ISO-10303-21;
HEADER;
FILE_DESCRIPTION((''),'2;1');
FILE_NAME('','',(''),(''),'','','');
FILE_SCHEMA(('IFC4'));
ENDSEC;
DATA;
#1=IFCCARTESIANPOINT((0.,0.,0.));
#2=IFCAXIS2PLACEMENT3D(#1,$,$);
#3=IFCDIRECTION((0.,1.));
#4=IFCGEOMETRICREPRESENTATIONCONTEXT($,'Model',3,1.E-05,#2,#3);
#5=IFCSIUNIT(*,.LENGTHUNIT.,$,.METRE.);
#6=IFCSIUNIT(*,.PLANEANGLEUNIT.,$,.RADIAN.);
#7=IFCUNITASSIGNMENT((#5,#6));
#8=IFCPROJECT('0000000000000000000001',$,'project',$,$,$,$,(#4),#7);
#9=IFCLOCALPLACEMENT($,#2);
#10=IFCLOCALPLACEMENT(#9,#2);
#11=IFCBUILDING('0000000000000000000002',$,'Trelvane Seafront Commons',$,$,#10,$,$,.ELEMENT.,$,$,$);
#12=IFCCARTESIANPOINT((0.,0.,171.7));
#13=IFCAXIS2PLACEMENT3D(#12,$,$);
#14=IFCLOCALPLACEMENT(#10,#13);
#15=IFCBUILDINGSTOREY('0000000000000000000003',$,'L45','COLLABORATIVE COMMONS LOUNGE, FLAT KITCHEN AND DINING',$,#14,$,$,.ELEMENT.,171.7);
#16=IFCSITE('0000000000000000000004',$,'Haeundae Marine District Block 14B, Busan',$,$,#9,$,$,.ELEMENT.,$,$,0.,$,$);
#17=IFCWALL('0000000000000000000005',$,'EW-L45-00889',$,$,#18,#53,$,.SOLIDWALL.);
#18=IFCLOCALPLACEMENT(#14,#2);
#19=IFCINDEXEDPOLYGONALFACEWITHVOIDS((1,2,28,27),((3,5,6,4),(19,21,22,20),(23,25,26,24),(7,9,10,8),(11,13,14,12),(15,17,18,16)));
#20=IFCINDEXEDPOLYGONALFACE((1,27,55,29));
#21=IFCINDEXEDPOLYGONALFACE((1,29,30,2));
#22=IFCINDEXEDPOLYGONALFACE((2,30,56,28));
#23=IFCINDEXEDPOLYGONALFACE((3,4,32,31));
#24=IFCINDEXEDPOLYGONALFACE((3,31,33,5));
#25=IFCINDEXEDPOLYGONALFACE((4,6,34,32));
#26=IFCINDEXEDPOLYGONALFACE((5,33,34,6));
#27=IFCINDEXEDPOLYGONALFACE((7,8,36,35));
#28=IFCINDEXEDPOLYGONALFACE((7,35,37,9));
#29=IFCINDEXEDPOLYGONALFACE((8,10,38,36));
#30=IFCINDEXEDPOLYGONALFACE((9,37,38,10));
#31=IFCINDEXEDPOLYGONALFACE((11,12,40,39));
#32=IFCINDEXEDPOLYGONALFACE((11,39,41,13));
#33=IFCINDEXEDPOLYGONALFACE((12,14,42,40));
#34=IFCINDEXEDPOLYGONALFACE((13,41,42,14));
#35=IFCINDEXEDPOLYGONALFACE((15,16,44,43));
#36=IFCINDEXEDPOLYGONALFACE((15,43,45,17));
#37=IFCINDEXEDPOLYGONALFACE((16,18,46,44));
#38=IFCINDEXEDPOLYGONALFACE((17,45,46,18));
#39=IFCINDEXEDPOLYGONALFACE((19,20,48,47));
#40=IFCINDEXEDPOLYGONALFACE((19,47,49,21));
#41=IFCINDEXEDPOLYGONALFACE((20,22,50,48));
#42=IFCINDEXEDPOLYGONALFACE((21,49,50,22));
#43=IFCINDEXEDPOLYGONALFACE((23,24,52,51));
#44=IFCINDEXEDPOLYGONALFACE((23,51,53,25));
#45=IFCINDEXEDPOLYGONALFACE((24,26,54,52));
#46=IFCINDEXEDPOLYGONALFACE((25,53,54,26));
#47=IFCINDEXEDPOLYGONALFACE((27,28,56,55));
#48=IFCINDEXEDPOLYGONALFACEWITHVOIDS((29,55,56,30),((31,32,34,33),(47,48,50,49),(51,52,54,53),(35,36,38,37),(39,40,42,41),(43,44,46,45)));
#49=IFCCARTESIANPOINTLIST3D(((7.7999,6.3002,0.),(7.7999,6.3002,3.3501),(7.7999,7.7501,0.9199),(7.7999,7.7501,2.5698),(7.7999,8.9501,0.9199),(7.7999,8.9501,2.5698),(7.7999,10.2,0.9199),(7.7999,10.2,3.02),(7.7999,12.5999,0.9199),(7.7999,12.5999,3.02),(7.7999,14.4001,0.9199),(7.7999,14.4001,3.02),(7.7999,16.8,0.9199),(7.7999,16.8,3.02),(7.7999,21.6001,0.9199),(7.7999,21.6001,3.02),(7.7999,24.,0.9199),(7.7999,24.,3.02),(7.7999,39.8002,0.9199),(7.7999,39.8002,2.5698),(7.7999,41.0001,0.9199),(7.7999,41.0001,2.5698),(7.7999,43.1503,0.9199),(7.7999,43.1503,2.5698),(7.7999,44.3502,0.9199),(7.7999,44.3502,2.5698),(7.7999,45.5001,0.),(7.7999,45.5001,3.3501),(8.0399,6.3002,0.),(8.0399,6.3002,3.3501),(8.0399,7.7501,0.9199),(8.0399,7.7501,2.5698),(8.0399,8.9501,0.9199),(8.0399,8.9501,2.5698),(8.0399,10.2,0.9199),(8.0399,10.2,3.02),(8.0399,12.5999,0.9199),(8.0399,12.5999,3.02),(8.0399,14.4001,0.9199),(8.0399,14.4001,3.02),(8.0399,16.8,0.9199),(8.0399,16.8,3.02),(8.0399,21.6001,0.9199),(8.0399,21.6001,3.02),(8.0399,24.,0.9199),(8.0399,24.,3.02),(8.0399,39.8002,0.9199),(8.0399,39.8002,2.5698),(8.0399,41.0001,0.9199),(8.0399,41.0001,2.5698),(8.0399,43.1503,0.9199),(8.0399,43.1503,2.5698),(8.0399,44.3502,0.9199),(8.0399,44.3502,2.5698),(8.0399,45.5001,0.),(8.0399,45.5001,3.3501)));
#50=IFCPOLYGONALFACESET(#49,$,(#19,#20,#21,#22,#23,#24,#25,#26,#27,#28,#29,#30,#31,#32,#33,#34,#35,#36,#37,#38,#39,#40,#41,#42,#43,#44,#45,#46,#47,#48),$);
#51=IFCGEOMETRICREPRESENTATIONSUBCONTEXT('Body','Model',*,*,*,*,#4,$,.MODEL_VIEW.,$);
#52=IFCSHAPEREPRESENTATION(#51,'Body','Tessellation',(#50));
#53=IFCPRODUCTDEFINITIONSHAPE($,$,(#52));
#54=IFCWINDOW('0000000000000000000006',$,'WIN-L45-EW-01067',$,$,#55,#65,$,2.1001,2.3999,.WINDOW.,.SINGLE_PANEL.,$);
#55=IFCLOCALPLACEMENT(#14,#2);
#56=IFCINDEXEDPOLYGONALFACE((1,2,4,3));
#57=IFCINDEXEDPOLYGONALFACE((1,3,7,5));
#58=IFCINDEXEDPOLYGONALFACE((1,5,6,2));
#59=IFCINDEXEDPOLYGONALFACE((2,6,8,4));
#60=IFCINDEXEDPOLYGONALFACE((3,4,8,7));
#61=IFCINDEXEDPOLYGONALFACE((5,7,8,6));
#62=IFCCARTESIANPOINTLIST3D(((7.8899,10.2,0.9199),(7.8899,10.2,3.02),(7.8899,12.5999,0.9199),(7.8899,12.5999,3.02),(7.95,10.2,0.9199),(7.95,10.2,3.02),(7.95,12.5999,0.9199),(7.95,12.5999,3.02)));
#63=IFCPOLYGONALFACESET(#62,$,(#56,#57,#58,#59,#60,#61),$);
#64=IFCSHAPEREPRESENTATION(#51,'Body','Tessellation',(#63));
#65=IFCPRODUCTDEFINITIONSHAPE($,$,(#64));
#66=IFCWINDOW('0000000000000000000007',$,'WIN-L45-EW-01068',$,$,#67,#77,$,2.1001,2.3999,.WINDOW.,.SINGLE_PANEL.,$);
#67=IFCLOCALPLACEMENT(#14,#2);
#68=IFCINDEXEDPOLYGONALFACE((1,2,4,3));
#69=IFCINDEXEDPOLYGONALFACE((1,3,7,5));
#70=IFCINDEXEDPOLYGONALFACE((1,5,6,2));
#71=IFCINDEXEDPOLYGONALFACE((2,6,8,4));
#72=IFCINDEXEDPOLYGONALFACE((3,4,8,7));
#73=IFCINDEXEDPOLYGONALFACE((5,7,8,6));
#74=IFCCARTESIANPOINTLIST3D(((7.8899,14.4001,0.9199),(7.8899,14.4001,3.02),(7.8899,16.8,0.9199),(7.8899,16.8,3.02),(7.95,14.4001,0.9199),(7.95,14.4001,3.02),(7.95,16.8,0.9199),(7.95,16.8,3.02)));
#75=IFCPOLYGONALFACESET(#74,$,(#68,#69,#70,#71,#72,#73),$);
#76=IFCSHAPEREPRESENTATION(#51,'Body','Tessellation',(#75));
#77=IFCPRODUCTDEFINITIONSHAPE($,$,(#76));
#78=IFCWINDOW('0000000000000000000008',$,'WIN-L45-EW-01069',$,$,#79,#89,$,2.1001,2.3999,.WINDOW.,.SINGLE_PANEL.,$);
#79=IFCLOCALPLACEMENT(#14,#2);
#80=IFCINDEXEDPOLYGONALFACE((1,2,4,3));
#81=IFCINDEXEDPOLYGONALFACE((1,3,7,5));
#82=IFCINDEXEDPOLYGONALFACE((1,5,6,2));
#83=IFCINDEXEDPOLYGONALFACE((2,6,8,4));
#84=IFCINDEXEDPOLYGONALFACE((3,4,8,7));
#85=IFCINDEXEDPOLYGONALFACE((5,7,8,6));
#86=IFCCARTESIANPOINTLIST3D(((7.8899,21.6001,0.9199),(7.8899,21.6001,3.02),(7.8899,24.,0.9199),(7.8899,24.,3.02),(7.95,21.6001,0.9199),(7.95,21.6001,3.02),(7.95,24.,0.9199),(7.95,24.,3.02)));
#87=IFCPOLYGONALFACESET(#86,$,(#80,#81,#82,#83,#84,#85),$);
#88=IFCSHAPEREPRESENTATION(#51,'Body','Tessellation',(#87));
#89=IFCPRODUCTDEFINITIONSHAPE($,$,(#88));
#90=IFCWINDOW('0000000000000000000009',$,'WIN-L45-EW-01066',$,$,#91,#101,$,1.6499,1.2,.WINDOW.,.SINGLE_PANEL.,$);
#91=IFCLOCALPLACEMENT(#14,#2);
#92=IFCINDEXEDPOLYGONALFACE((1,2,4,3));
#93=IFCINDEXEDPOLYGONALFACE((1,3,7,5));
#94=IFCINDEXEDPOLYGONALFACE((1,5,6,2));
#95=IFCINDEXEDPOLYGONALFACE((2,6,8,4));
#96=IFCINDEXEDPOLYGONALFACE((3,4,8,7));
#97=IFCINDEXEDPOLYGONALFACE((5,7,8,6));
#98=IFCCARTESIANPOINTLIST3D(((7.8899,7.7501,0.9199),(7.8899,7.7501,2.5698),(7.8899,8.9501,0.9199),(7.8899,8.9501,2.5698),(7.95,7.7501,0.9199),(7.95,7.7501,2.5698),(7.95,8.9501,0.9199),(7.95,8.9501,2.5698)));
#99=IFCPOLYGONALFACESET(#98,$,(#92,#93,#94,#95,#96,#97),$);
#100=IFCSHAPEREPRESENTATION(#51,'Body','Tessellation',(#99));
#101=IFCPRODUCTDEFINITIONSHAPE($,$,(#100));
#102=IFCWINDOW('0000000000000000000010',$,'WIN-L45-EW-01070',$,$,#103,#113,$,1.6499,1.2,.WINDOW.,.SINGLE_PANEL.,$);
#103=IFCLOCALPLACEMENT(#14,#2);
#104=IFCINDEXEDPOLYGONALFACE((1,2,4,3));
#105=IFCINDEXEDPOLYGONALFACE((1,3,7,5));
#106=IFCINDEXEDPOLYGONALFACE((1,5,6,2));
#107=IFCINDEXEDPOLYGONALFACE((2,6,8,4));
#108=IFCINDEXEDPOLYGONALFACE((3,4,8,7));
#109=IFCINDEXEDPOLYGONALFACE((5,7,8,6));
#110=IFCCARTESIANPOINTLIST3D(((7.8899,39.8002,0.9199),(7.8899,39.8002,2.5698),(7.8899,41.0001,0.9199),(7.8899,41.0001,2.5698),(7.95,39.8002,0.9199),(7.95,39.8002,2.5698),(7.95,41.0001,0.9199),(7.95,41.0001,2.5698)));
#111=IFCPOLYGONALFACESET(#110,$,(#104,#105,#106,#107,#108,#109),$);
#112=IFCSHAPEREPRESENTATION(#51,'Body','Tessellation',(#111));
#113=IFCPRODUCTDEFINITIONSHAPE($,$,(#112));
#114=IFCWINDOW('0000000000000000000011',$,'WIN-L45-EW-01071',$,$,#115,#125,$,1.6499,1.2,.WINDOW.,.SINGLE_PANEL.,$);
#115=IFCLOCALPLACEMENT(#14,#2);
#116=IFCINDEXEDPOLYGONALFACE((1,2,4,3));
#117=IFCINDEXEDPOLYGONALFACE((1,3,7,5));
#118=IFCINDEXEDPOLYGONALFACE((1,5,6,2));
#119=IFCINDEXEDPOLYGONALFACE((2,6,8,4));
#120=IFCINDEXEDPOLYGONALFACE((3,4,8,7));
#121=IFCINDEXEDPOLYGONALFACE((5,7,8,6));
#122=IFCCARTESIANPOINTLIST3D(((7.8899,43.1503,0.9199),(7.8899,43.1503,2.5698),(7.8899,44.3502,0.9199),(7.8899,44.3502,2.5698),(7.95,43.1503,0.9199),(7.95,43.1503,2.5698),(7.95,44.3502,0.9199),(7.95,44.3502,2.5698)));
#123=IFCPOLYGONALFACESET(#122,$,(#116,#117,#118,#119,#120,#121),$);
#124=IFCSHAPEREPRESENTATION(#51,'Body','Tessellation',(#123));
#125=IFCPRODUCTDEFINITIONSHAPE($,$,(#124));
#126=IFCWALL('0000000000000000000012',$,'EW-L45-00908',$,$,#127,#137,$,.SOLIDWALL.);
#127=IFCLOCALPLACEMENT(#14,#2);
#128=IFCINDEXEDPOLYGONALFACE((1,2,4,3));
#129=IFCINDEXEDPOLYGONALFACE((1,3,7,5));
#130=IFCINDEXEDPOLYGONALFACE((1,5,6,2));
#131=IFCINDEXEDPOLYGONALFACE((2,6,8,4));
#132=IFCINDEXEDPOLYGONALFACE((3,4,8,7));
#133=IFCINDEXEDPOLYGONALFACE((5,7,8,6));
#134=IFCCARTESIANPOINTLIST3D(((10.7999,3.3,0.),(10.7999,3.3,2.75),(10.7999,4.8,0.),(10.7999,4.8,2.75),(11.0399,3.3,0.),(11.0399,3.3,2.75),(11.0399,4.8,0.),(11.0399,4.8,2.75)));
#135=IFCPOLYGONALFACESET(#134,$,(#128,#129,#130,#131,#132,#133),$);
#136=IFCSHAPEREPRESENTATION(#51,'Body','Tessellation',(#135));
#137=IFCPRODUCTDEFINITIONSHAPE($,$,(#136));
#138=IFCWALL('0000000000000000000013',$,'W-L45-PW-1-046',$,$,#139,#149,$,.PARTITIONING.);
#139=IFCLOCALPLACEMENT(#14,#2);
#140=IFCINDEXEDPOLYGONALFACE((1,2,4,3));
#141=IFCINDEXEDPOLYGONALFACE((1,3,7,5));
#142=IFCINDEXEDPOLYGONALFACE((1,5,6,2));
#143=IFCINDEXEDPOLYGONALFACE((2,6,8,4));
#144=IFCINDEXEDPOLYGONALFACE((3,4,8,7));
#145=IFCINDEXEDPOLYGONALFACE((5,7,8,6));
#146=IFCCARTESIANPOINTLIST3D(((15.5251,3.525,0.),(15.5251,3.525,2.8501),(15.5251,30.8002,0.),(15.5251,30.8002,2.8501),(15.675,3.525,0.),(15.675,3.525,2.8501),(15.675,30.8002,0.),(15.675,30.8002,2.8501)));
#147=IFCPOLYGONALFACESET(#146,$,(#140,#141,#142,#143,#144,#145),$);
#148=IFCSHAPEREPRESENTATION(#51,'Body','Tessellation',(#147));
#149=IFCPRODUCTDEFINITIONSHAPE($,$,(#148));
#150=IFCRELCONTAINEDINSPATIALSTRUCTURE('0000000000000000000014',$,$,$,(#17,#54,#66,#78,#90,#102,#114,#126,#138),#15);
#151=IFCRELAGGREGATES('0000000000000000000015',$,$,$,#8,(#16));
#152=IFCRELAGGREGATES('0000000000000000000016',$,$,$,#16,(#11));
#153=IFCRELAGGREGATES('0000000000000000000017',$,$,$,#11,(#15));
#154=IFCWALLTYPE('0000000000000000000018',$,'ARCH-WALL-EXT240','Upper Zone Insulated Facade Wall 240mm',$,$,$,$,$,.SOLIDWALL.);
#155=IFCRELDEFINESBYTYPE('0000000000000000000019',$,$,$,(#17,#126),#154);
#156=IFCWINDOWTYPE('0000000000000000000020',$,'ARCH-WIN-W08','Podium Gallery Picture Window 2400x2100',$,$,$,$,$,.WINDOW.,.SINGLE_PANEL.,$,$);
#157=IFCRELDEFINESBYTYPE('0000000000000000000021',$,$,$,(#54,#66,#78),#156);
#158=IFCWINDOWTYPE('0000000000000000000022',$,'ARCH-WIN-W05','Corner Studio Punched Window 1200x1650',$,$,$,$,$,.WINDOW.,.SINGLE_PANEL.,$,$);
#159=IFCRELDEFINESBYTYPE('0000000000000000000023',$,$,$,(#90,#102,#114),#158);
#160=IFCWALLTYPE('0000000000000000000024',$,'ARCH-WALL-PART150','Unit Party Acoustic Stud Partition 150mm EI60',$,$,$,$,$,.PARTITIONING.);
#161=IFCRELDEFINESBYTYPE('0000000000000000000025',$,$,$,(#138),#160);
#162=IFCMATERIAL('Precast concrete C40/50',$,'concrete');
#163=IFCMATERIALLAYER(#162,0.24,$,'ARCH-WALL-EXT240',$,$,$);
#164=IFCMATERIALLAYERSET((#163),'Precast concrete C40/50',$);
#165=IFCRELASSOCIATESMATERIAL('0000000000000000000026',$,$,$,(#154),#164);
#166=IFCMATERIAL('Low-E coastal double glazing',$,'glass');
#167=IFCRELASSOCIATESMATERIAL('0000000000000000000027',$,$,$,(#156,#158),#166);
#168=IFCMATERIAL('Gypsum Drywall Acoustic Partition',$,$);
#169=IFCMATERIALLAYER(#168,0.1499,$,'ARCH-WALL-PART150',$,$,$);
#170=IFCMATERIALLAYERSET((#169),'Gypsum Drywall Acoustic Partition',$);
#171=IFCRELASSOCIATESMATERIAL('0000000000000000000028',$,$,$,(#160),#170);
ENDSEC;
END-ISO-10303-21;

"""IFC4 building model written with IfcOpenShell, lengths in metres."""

from ifc_helpers import new_model, si_unit, direction, frame, frame_2d, origin, place, context, subcontext, project, spatial, rectangle, extrude, source, transform, mapped, material, layer, layer_set, type_object, element, fill, save


model = new_model("IFC4")

# Units and contexts
model_context = context("Model", 3, precision=1e-05, world=origin(), true_north=direction((0.0, 1.0)))
body_context = subcontext(model_context, "Body", "Model", "MODEL_VIEW")
ifc_project = project(units=[si_unit("LENGTHUNIT", "METRE"), si_unit("PLANEANGLEUNIT", "RADIAN")], contexts=[model_context])

# Site, building, storey
site_placement = place(None, origin())
site = spatial("IfcSite", under=ifc_project, at=site_placement, Name="Haeundae Marine District Block 14B, Busan", CompositionType="ELEMENT", RefElevation=0.0)
building_placement = place(site_placement, origin())
building = spatial("IfcBuilding", under=site, at=building_placement, Name="Trelvane Seafront Commons", CompositionType="ELEMENT")
storey_placement = place(building_placement, frame((0.0, 0.0, 171.7)))
storey = spatial("IfcBuildingStorey", under=building, at=storey_placement, Name="L45", Description="COLLABORATIVE COMMONS LOUNGE, FLAT KITCHEN AND DINING", CompositionType="ELEMENT", Elevation=171.7)

# Shared definitions
ifc_material_1 = material(Name="Precast concrete C40/50", Category="concrete")
ifc_layer_1 = layer(ifc_material_1, 0.24, Name="ARCH-WALL-EXT240")
ifc_layer_set_1 = layer_set([ifc_layer_1], Name="Precast concrete C40/50")
wall_type_1 = type_object("IfcWallType", Name="ARCH-WALL-EXT240", Description="Upper Zone Insulated Facade Wall 240mm", PredefinedType="SOLIDWALL", material=ifc_layer_set_1)

# Wall, openings, windows
wall_1_placement = place(storey_placement, frame((7.9199, 6.3, 0.0), z_axis=(0.0, 0.0, 1.0), x_axis=(0.0, 1.0, 0.0)))
wall_1 = element("IfcWall", 1, at=wall_1_placement, inside=storey, type_object=wall_type_1, Name="EW-L45-00889", PredefinedType="SOLIDWALL", context=body_context, shape_type="SweptSolid", body=[
    extrude(rectangle(XDim=39.2, YDim=0.24, at=frame_2d((19.6001, 0.0))), origin(), (0.0, 0.0, 1.0), 3.3501),
])
opening_1_placement = place(wall_1_placement, frame((1.45, 0.0, 0.9199)))
opening_1 = element("IfcOpeningElement", 2, at=opening_1_placement, cuts=wall_1, PredefinedType="OPENING", context=body_context, shape_type="SweptSolid", body=[
    extrude(rectangle(XDim=1.2, YDim=1.6499, at=frame_2d((0.6001, 0.825))), frame((0.0, 0.1299, 0.0), z_axis=(0.0, -1.0, 0.0), x_axis=(1.0, 0.0, 0.0)), (0.0, 0.0, 1.0), 0.26),
])
opening_2_placement = place(wall_1_placement, frame((3.8999, 0.0, 0.9199)))
opening_2 = element("IfcOpeningElement", 3, at=opening_2_placement, cuts=wall_1, PredefinedType="OPENING", context=body_context, shape_type="SweptSolid", body=[
    extrude(rectangle(XDim=2.3999, YDim=2.1001, at=frame_2d((1.2, 1.05))), frame((0.0, 0.1299, 0.0), z_axis=(0.0, -1.0, 0.0), x_axis=(1.0, 0.0, 0.0)), (0.0, 0.0, 1.0), 0.26),
])
opening_3_placement = place(wall_1_placement, frame((8.1001, 0.0, 0.9199)))
opening_3 = element("IfcOpeningElement", 4, at=opening_3_placement, cuts=wall_1, PredefinedType="OPENING", context=body_context, shape_type="SweptSolid", body=[
    extrude(rectangle(XDim=2.3999, YDim=2.1001, at=frame_2d((1.2, 1.05))), frame((0.0, 0.1299, 0.0), z_axis=(0.0, -1.0, 0.0), x_axis=(1.0, 0.0, 0.0)), (0.0, 0.0, 1.0), 0.26),
])
opening_4_placement = place(wall_1_placement, frame((15.3, 0.0, 0.9199)))
opening_4 = element("IfcOpeningElement", 5, at=opening_4_placement, cuts=wall_1, PredefinedType="OPENING", context=body_context, shape_type="SweptSolid", body=[
    extrude(rectangle(XDim=2.3999, YDim=2.1001, at=frame_2d((1.2, 1.05))), frame((0.0, 0.1299, 0.0), z_axis=(0.0, -1.0, 0.0), x_axis=(1.0, 0.0, 0.0)), (0.0, 0.0, 1.0), 0.26),
])
opening_5_placement = place(wall_1_placement, frame((33.5, 0.0, 0.9199)))
opening_5 = element("IfcOpeningElement", 6, at=opening_5_placement, cuts=wall_1, PredefinedType="OPENING", context=body_context, shape_type="SweptSolid", body=[
    extrude(rectangle(XDim=1.2, YDim=1.6499, at=frame_2d((0.6001, 0.825))), frame((0.0, 0.1299, 0.0), z_axis=(0.0, -1.0, 0.0), x_axis=(1.0, 0.0, 0.0)), (0.0, 0.0, 1.0), 0.26),
])
opening_6_placement = place(wall_1_placement, frame((36.8501, 0.0, 0.9199)))
opening_6 = element("IfcOpeningElement", 7, at=opening_6_placement, cuts=wall_1, PredefinedType="OPENING", context=body_context, shape_type="SweptSolid", body=[
    extrude(rectangle(XDim=1.2, YDim=1.6499, at=frame_2d((0.6001, 0.825))), frame((0.0, 0.1299, 0.0), z_axis=(0.0, -1.0, 0.0), x_axis=(1.0, 0.0, 0.0)), (0.0, 0.0, 1.0), 0.26),
])
ifc_material_2 = material(Name="Low-E coastal double glazing", Category="glass")
window_type_1 = type_object("IfcWindowType", Name="ARCH-WIN-W08", Description="Podium Gallery Picture Window 2400x2100", PartitioningType="SINGLE_PANEL", PredefinedType="WINDOW", material=ifc_material_2)
shared_shape_1 = source(origin(), body_context, "Body", "SweptSolid", [
    extrude(rectangle(XDim=2.3999, YDim=2.1001, at=frame_2d((1.2, 1.05))), frame((0.0, 0.03, 0.0), z_axis=(0.0, -1.0, 0.0), x_axis=(1.0, 0.0, 0.0)), (0.0, 0.0, 1.0), 0.0601),
])
window_1_placement = place(opening_2_placement, origin())
window_1 = element("IfcWindow", 8, at=window_1_placement, inside=storey, type_object=window_type_1, Name="WIN-L45-EW-01067", OverallHeight=2.1001, OverallWidth=2.3999, PartitioningType="SINGLE_PANEL", PredefinedType="WINDOW", context=body_context, shape_type="MappedRepresentation", body=[
    mapped(shared_shape_1, transform((0.0, 0.0, 0.0), x_axis=(1.0, 0.0, 0.0), y_axis=(0.0, 1.0, 0.0), z_axis=(0.0, 0.0, 1.0), scale=1.0)),
])
fill(opening_2, window_1)
window_2_placement = place(opening_3_placement, origin())
window_2 = element("IfcWindow", 9, at=window_2_placement, inside=storey, type_object=window_type_1, Name="WIN-L45-EW-01068", OverallHeight=2.1001, OverallWidth=2.3999, PartitioningType="SINGLE_PANEL", PredefinedType="WINDOW", context=body_context, shape_type="MappedRepresentation", body=[
    mapped(shared_shape_1, transform((0.0, 0.0, 0.0), x_axis=(1.0, 0.0, 0.0), y_axis=(0.0, 1.0, 0.0), z_axis=(0.0, 0.0, 1.0), scale=1.0)),
])
fill(opening_3, window_2)
window_3_placement = place(opening_4_placement, origin())
window_3 = element("IfcWindow", 10, at=window_3_placement, inside=storey, type_object=window_type_1, Name="WIN-L45-EW-01069", OverallHeight=2.1001, OverallWidth=2.3999, PartitioningType="SINGLE_PANEL", PredefinedType="WINDOW", context=body_context, shape_type="MappedRepresentation", body=[
    mapped(shared_shape_1, transform((0.0, 0.0, 0.0), x_axis=(1.0, 0.0, 0.0), y_axis=(0.0, 1.0, 0.0), z_axis=(0.0, 0.0, 1.0), scale=1.0)),
])
fill(opening_4, window_3)
window_type_2 = type_object("IfcWindowType", Name="ARCH-WIN-W05", Description="Corner Studio Punched Window 1200x1650", PartitioningType="SINGLE_PANEL", PredefinedType="WINDOW", material=ifc_material_2)
shared_shape_2 = source(origin(), body_context, "Body", "SweptSolid", [
    extrude(rectangle(XDim=1.2, YDim=1.6499, at=frame_2d((0.6001, 0.825))), frame((0.0, 0.03, 0.0), z_axis=(0.0, -1.0, 0.0), x_axis=(1.0, 0.0, 0.0)), (0.0, 0.0, 1.0), 0.0601),
])
window_4_placement = place(opening_1_placement, origin())
window_4 = element("IfcWindow", 11, at=window_4_placement, inside=storey, type_object=window_type_2, Name="WIN-L45-EW-01066", OverallHeight=1.6499, OverallWidth=1.2, PartitioningType="SINGLE_PANEL", PredefinedType="WINDOW", context=body_context, shape_type="MappedRepresentation", body=[
    mapped(shared_shape_2, transform((0.0, 0.0, 0.0), x_axis=(1.0, 0.0, 0.0), y_axis=(0.0, 1.0, 0.0), z_axis=(0.0, 0.0, 1.0), scale=1.0)),
])
fill(opening_1, window_4)
window_5_placement = place(opening_5_placement, origin())
window_5 = element("IfcWindow", 12, at=window_5_placement, inside=storey, type_object=window_type_2, Name="WIN-L45-EW-01070", OverallHeight=1.6499, OverallWidth=1.2, PartitioningType="SINGLE_PANEL", PredefinedType="WINDOW", context=body_context, shape_type="MappedRepresentation", body=[
    mapped(shared_shape_2, transform((0.0, 0.0, 0.0), x_axis=(1.0, 0.0, 0.0), y_axis=(0.0, 1.0, 0.0), z_axis=(0.0, 0.0, 1.0), scale=1.0)),
])
fill(opening_5, window_5)
window_6_placement = place(opening_6_placement, origin())
window_6 = element("IfcWindow", 13, at=window_6_placement, inside=storey, type_object=window_type_2, Name="WIN-L45-EW-01071", OverallHeight=1.6499, OverallWidth=1.2, PartitioningType="SINGLE_PANEL", PredefinedType="WINDOW", context=body_context, shape_type="MappedRepresentation", body=[
    mapped(shared_shape_2, transform((0.0, 0.0, 0.0), x_axis=(1.0, 0.0, 0.0), y_axis=(0.0, 1.0, 0.0), z_axis=(0.0, 0.0, 1.0), scale=1.0)),
])
fill(opening_6, window_6)

# Walls
wall_2_placement = place(storey_placement, frame((10.9199, 3.3, 0.0), z_axis=(0.0, 0.0, 1.0), x_axis=(0.0, 1.0, 0.0)))
element("IfcWall", 14, at=wall_2_placement, inside=storey, type_object=wall_type_1, Name="EW-L45-00908", PredefinedType="SOLIDWALL", context=body_context, shape_type="SweptSolid", body=[
    extrude(rectangle(XDim=1.5, YDim=0.24, at=frame_2d((0.75, 0.0))), origin(), (0.0, 0.0, 1.0), 2.75),
])
ifc_material_3 = material(Name="Gypsum Drywall Acoustic Partition")
ifc_layer_2 = layer(ifc_material_3, 0.1499, Name="ARCH-WALL-PART150")
ifc_layer_set_2 = layer_set([ifc_layer_2], Name="Gypsum Drywall Acoustic Partition")
wall_type_2 = type_object("IfcWallType", Name="ARCH-WALL-PART150", Description="Unit Party Acoustic Stud Partition 150mm EI60", PredefinedType="PARTITIONING", material=ifc_layer_set_2)
wall_3_placement = place(storey_placement, frame((15.6001, 3.5249, 0.0), z_axis=(0.0, 0.0, 1.0), x_axis=(0.0, 1.0, 0.0)))
element("IfcWall", 15, at=wall_3_placement, inside=storey, type_object=wall_type_2, Name="W-L45-PW-1-046", PredefinedType="PARTITIONING", context=body_context, shape_type="SweptSolid", body=[
    extrude(rectangle(XDim=27.2751, YDim=0.1499, at=frame_2d((13.6377, 0.0))), origin(), (0.0, 0.0, 1.0), 2.8501),
])

save(model, "model.ifc")
